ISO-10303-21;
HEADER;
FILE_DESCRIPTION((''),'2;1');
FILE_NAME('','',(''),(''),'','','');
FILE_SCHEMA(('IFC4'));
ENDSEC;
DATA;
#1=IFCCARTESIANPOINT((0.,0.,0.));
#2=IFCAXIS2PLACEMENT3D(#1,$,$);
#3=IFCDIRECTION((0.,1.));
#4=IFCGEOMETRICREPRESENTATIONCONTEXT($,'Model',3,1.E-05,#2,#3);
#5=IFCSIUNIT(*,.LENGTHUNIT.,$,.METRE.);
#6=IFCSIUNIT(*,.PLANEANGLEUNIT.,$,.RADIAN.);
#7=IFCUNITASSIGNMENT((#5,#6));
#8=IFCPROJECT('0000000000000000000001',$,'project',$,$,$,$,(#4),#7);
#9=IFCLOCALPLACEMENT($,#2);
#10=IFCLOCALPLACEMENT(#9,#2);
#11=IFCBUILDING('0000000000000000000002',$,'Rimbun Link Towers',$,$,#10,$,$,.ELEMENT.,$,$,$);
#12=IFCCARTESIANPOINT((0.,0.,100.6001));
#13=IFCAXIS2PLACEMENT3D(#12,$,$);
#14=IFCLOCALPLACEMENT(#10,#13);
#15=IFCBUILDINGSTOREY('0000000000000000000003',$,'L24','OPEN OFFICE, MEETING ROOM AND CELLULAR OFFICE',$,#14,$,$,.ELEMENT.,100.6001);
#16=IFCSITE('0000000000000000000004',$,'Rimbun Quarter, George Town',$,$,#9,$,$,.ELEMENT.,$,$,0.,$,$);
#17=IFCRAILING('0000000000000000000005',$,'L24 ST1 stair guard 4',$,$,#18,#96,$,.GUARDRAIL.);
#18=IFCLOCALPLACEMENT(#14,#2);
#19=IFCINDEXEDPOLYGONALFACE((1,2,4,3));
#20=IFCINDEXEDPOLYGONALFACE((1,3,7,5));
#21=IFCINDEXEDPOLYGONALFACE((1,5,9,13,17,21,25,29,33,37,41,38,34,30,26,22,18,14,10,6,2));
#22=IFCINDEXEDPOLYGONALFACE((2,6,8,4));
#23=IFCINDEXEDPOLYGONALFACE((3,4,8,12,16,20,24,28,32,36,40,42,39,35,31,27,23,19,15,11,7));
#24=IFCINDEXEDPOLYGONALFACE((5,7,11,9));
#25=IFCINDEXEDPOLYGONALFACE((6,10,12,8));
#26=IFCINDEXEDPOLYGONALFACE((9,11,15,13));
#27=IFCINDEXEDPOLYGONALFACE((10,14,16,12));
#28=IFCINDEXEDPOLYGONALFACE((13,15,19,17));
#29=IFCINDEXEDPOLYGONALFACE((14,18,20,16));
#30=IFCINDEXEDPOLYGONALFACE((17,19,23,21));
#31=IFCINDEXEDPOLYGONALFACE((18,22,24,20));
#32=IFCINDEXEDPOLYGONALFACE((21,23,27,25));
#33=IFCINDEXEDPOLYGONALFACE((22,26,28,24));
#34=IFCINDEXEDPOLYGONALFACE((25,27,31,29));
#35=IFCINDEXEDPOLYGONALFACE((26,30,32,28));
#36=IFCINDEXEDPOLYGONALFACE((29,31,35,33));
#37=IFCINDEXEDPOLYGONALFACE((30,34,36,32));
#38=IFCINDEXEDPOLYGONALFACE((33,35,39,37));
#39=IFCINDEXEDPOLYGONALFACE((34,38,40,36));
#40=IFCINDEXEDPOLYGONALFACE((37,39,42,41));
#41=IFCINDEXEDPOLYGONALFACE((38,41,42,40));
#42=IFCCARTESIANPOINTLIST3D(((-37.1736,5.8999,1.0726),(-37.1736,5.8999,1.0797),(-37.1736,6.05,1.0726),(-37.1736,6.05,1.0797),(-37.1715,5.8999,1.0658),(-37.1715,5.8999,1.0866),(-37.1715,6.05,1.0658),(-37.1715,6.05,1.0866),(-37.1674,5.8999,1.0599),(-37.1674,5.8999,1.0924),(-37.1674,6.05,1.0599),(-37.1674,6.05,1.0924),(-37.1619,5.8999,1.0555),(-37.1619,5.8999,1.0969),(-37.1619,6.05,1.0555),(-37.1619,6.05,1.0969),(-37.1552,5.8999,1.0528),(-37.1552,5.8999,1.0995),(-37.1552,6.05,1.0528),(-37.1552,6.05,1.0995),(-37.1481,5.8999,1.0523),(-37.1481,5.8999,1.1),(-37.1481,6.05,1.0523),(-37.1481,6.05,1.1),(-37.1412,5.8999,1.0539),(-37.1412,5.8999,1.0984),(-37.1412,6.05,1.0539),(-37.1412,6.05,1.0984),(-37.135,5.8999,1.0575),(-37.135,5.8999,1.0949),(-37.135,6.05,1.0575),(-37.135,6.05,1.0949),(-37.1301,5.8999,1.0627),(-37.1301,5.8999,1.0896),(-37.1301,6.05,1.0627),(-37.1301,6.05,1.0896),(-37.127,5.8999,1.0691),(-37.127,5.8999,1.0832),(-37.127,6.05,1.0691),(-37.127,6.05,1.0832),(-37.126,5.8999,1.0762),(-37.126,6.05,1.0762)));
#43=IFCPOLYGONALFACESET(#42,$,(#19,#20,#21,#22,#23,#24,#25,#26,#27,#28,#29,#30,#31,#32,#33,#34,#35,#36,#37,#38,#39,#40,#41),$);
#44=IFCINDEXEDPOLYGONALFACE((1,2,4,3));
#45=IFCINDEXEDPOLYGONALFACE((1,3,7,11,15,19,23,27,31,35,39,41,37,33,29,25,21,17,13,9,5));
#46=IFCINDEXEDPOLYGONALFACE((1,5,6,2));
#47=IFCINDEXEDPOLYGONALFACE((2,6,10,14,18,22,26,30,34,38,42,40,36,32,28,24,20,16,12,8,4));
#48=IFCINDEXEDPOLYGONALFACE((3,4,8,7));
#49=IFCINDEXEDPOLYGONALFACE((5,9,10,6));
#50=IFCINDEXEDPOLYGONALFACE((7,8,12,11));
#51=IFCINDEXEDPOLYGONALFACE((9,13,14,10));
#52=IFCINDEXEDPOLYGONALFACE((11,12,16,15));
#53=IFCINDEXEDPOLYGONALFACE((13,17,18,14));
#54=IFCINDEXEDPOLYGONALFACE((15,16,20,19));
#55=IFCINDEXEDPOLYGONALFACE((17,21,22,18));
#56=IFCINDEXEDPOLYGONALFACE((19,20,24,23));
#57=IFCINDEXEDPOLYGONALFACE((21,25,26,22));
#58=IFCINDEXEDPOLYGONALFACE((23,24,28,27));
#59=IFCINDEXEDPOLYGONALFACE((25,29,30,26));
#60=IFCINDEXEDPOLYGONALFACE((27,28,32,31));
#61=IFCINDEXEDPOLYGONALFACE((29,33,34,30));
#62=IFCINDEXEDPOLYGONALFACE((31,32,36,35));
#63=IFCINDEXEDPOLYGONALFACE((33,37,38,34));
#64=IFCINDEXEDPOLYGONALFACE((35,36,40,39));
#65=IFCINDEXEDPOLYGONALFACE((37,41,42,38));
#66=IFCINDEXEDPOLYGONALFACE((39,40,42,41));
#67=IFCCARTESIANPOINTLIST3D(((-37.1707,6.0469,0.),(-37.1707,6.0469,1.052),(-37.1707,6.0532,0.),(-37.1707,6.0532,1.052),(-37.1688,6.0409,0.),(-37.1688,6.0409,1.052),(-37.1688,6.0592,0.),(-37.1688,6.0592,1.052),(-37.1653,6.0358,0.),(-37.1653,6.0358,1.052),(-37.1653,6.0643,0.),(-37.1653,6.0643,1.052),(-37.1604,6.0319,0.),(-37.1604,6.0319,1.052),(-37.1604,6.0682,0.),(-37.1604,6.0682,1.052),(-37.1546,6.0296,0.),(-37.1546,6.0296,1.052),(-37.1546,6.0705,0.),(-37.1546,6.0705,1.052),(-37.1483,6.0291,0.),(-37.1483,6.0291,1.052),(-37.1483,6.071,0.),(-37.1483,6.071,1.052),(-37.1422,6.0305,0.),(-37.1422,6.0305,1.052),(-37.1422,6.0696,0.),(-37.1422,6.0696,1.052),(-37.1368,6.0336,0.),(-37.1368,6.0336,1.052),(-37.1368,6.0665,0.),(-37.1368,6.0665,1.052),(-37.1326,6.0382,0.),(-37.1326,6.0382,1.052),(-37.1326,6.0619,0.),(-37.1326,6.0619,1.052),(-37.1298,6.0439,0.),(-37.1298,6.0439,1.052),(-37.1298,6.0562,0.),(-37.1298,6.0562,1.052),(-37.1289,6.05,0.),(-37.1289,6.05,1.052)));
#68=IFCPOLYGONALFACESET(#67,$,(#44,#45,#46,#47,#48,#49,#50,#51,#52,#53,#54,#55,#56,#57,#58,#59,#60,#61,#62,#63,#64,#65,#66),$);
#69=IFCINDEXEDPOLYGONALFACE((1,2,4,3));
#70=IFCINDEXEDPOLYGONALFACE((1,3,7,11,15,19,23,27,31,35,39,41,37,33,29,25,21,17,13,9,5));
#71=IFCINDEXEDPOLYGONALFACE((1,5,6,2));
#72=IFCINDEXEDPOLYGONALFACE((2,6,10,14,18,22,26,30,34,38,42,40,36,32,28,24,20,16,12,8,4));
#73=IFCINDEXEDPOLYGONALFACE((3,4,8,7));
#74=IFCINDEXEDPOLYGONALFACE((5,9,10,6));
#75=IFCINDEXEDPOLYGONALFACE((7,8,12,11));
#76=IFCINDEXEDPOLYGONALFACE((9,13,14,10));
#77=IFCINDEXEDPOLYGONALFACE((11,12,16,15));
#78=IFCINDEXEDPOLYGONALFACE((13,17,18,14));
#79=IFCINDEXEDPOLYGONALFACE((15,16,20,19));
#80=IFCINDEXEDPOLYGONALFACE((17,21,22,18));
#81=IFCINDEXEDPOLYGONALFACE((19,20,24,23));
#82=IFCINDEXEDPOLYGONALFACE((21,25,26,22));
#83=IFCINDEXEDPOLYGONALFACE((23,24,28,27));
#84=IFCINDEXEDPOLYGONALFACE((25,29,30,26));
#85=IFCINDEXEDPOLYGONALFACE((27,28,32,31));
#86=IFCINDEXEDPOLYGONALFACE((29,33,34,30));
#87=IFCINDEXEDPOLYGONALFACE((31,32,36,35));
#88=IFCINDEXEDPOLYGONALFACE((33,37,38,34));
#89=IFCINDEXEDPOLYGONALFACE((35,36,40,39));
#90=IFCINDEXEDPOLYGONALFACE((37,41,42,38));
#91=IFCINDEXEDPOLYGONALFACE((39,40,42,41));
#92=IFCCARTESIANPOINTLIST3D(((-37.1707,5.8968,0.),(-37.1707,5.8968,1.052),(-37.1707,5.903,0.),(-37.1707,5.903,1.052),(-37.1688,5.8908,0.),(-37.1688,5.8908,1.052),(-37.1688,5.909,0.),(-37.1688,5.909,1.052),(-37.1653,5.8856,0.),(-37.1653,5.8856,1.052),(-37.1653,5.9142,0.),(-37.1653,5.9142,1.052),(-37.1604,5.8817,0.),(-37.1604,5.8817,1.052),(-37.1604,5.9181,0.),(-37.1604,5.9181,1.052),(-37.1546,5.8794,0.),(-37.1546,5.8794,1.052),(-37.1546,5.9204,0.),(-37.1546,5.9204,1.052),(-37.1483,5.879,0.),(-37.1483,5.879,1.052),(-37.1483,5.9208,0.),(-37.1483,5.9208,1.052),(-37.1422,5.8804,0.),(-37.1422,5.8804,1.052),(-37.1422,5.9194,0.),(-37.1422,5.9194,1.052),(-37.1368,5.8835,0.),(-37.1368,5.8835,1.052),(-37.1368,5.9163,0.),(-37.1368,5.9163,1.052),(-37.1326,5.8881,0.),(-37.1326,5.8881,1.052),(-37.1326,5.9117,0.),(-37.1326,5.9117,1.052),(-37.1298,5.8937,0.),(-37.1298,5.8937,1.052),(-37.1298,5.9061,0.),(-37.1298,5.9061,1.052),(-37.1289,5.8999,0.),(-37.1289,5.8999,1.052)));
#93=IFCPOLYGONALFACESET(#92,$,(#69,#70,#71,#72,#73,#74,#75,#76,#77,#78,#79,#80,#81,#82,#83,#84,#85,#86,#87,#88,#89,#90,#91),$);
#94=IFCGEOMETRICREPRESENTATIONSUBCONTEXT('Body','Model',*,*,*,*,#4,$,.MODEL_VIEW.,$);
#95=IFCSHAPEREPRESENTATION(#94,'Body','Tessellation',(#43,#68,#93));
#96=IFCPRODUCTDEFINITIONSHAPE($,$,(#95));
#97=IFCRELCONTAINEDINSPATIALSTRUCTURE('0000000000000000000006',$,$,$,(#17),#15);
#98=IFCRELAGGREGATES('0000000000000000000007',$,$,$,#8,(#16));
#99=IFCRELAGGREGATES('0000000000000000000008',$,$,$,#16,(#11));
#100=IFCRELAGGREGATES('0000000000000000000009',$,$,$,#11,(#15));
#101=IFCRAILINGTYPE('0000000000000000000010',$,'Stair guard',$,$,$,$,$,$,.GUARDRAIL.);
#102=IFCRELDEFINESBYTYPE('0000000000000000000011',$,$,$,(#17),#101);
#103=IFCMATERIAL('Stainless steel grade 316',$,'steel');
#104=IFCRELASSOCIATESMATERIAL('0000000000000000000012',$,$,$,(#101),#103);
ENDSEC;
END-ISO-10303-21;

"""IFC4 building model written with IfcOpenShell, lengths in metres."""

from ifc_helpers import new_model, si_unit, direction, frame, origin, origin_2d, place, context, subcontext, project, spatial, circle, extrude, material, type_object, element, save


model = new_model("IFC4")

# Units and contexts
model_context = context("Model", 3, precision=1e-05, world=origin(), true_north=direction((0.0, 1.0)))
body_context = subcontext(model_context, "Body", "Model", "MODEL_VIEW")
ifc_project = project(units=[si_unit("LENGTHUNIT", "METRE"), si_unit("PLANEANGLEUNIT", "RADIAN")], contexts=[model_context])

# Site, building, storey
site_placement = place(None, origin())
site = spatial("IfcSite", under=ifc_project, at=site_placement, Name="Rimbun Quarter, George Town", CompositionType="ELEMENT", RefElevation=0.0)
building_placement = place(site_placement, origin())
building = spatial("IfcBuilding", under=site, at=building_placement, Name="Rimbun Link Towers", CompositionType="ELEMENT")
storey_placement = place(building_placement, frame((0.0, 0.0, 100.6001)))
storey = spatial("IfcBuildingStorey", under=building, at=storey_placement, Name="L24", Description="OPEN OFFICE, MEETING ROOM AND CELLULAR OFFICE", CompositionType="ELEMENT", Elevation=100.6001)

# Railing
ifc_material_1 = material(Name="Stainless steel grade 316", Category="steel")
railing_type_1 = type_object("IfcRailingType", Name="Stair guard", PredefinedType="GUARDRAIL", material=ifc_material_1)
railing_1_placement = place(storey_placement, frame((-37.1499, 6.05, 0.0)))
element("IfcRailing", 1, at=railing_1_placement, inside=storey, type_object=railing_type_1, Name="L24 ST1 stair guard 4", PredefinedType="GUARDRAIL", context=body_context, shape_type="SweptSolid", body=[
    extrude(circle(Radius=0.0239, at=origin_2d()), frame((0.0, 0.0, 1.0762), z_axis=(0.0, -1.0, 0.0), x_axis=(1.0, 0.0, 0.0)), (0.0, 0.0, 1.0), 0.1501),
    extrude(circle(Radius=0.021, at=origin_2d()), origin(), (0.0, 0.0, 1.0), 1.052),
    extrude(circle(Radius=0.021, at=origin_2d()), frame((0.0, -0.1501, 0.0)), (0.0, 0.0, 1.0), 1.052),
])

save(model, "model.ifc")
